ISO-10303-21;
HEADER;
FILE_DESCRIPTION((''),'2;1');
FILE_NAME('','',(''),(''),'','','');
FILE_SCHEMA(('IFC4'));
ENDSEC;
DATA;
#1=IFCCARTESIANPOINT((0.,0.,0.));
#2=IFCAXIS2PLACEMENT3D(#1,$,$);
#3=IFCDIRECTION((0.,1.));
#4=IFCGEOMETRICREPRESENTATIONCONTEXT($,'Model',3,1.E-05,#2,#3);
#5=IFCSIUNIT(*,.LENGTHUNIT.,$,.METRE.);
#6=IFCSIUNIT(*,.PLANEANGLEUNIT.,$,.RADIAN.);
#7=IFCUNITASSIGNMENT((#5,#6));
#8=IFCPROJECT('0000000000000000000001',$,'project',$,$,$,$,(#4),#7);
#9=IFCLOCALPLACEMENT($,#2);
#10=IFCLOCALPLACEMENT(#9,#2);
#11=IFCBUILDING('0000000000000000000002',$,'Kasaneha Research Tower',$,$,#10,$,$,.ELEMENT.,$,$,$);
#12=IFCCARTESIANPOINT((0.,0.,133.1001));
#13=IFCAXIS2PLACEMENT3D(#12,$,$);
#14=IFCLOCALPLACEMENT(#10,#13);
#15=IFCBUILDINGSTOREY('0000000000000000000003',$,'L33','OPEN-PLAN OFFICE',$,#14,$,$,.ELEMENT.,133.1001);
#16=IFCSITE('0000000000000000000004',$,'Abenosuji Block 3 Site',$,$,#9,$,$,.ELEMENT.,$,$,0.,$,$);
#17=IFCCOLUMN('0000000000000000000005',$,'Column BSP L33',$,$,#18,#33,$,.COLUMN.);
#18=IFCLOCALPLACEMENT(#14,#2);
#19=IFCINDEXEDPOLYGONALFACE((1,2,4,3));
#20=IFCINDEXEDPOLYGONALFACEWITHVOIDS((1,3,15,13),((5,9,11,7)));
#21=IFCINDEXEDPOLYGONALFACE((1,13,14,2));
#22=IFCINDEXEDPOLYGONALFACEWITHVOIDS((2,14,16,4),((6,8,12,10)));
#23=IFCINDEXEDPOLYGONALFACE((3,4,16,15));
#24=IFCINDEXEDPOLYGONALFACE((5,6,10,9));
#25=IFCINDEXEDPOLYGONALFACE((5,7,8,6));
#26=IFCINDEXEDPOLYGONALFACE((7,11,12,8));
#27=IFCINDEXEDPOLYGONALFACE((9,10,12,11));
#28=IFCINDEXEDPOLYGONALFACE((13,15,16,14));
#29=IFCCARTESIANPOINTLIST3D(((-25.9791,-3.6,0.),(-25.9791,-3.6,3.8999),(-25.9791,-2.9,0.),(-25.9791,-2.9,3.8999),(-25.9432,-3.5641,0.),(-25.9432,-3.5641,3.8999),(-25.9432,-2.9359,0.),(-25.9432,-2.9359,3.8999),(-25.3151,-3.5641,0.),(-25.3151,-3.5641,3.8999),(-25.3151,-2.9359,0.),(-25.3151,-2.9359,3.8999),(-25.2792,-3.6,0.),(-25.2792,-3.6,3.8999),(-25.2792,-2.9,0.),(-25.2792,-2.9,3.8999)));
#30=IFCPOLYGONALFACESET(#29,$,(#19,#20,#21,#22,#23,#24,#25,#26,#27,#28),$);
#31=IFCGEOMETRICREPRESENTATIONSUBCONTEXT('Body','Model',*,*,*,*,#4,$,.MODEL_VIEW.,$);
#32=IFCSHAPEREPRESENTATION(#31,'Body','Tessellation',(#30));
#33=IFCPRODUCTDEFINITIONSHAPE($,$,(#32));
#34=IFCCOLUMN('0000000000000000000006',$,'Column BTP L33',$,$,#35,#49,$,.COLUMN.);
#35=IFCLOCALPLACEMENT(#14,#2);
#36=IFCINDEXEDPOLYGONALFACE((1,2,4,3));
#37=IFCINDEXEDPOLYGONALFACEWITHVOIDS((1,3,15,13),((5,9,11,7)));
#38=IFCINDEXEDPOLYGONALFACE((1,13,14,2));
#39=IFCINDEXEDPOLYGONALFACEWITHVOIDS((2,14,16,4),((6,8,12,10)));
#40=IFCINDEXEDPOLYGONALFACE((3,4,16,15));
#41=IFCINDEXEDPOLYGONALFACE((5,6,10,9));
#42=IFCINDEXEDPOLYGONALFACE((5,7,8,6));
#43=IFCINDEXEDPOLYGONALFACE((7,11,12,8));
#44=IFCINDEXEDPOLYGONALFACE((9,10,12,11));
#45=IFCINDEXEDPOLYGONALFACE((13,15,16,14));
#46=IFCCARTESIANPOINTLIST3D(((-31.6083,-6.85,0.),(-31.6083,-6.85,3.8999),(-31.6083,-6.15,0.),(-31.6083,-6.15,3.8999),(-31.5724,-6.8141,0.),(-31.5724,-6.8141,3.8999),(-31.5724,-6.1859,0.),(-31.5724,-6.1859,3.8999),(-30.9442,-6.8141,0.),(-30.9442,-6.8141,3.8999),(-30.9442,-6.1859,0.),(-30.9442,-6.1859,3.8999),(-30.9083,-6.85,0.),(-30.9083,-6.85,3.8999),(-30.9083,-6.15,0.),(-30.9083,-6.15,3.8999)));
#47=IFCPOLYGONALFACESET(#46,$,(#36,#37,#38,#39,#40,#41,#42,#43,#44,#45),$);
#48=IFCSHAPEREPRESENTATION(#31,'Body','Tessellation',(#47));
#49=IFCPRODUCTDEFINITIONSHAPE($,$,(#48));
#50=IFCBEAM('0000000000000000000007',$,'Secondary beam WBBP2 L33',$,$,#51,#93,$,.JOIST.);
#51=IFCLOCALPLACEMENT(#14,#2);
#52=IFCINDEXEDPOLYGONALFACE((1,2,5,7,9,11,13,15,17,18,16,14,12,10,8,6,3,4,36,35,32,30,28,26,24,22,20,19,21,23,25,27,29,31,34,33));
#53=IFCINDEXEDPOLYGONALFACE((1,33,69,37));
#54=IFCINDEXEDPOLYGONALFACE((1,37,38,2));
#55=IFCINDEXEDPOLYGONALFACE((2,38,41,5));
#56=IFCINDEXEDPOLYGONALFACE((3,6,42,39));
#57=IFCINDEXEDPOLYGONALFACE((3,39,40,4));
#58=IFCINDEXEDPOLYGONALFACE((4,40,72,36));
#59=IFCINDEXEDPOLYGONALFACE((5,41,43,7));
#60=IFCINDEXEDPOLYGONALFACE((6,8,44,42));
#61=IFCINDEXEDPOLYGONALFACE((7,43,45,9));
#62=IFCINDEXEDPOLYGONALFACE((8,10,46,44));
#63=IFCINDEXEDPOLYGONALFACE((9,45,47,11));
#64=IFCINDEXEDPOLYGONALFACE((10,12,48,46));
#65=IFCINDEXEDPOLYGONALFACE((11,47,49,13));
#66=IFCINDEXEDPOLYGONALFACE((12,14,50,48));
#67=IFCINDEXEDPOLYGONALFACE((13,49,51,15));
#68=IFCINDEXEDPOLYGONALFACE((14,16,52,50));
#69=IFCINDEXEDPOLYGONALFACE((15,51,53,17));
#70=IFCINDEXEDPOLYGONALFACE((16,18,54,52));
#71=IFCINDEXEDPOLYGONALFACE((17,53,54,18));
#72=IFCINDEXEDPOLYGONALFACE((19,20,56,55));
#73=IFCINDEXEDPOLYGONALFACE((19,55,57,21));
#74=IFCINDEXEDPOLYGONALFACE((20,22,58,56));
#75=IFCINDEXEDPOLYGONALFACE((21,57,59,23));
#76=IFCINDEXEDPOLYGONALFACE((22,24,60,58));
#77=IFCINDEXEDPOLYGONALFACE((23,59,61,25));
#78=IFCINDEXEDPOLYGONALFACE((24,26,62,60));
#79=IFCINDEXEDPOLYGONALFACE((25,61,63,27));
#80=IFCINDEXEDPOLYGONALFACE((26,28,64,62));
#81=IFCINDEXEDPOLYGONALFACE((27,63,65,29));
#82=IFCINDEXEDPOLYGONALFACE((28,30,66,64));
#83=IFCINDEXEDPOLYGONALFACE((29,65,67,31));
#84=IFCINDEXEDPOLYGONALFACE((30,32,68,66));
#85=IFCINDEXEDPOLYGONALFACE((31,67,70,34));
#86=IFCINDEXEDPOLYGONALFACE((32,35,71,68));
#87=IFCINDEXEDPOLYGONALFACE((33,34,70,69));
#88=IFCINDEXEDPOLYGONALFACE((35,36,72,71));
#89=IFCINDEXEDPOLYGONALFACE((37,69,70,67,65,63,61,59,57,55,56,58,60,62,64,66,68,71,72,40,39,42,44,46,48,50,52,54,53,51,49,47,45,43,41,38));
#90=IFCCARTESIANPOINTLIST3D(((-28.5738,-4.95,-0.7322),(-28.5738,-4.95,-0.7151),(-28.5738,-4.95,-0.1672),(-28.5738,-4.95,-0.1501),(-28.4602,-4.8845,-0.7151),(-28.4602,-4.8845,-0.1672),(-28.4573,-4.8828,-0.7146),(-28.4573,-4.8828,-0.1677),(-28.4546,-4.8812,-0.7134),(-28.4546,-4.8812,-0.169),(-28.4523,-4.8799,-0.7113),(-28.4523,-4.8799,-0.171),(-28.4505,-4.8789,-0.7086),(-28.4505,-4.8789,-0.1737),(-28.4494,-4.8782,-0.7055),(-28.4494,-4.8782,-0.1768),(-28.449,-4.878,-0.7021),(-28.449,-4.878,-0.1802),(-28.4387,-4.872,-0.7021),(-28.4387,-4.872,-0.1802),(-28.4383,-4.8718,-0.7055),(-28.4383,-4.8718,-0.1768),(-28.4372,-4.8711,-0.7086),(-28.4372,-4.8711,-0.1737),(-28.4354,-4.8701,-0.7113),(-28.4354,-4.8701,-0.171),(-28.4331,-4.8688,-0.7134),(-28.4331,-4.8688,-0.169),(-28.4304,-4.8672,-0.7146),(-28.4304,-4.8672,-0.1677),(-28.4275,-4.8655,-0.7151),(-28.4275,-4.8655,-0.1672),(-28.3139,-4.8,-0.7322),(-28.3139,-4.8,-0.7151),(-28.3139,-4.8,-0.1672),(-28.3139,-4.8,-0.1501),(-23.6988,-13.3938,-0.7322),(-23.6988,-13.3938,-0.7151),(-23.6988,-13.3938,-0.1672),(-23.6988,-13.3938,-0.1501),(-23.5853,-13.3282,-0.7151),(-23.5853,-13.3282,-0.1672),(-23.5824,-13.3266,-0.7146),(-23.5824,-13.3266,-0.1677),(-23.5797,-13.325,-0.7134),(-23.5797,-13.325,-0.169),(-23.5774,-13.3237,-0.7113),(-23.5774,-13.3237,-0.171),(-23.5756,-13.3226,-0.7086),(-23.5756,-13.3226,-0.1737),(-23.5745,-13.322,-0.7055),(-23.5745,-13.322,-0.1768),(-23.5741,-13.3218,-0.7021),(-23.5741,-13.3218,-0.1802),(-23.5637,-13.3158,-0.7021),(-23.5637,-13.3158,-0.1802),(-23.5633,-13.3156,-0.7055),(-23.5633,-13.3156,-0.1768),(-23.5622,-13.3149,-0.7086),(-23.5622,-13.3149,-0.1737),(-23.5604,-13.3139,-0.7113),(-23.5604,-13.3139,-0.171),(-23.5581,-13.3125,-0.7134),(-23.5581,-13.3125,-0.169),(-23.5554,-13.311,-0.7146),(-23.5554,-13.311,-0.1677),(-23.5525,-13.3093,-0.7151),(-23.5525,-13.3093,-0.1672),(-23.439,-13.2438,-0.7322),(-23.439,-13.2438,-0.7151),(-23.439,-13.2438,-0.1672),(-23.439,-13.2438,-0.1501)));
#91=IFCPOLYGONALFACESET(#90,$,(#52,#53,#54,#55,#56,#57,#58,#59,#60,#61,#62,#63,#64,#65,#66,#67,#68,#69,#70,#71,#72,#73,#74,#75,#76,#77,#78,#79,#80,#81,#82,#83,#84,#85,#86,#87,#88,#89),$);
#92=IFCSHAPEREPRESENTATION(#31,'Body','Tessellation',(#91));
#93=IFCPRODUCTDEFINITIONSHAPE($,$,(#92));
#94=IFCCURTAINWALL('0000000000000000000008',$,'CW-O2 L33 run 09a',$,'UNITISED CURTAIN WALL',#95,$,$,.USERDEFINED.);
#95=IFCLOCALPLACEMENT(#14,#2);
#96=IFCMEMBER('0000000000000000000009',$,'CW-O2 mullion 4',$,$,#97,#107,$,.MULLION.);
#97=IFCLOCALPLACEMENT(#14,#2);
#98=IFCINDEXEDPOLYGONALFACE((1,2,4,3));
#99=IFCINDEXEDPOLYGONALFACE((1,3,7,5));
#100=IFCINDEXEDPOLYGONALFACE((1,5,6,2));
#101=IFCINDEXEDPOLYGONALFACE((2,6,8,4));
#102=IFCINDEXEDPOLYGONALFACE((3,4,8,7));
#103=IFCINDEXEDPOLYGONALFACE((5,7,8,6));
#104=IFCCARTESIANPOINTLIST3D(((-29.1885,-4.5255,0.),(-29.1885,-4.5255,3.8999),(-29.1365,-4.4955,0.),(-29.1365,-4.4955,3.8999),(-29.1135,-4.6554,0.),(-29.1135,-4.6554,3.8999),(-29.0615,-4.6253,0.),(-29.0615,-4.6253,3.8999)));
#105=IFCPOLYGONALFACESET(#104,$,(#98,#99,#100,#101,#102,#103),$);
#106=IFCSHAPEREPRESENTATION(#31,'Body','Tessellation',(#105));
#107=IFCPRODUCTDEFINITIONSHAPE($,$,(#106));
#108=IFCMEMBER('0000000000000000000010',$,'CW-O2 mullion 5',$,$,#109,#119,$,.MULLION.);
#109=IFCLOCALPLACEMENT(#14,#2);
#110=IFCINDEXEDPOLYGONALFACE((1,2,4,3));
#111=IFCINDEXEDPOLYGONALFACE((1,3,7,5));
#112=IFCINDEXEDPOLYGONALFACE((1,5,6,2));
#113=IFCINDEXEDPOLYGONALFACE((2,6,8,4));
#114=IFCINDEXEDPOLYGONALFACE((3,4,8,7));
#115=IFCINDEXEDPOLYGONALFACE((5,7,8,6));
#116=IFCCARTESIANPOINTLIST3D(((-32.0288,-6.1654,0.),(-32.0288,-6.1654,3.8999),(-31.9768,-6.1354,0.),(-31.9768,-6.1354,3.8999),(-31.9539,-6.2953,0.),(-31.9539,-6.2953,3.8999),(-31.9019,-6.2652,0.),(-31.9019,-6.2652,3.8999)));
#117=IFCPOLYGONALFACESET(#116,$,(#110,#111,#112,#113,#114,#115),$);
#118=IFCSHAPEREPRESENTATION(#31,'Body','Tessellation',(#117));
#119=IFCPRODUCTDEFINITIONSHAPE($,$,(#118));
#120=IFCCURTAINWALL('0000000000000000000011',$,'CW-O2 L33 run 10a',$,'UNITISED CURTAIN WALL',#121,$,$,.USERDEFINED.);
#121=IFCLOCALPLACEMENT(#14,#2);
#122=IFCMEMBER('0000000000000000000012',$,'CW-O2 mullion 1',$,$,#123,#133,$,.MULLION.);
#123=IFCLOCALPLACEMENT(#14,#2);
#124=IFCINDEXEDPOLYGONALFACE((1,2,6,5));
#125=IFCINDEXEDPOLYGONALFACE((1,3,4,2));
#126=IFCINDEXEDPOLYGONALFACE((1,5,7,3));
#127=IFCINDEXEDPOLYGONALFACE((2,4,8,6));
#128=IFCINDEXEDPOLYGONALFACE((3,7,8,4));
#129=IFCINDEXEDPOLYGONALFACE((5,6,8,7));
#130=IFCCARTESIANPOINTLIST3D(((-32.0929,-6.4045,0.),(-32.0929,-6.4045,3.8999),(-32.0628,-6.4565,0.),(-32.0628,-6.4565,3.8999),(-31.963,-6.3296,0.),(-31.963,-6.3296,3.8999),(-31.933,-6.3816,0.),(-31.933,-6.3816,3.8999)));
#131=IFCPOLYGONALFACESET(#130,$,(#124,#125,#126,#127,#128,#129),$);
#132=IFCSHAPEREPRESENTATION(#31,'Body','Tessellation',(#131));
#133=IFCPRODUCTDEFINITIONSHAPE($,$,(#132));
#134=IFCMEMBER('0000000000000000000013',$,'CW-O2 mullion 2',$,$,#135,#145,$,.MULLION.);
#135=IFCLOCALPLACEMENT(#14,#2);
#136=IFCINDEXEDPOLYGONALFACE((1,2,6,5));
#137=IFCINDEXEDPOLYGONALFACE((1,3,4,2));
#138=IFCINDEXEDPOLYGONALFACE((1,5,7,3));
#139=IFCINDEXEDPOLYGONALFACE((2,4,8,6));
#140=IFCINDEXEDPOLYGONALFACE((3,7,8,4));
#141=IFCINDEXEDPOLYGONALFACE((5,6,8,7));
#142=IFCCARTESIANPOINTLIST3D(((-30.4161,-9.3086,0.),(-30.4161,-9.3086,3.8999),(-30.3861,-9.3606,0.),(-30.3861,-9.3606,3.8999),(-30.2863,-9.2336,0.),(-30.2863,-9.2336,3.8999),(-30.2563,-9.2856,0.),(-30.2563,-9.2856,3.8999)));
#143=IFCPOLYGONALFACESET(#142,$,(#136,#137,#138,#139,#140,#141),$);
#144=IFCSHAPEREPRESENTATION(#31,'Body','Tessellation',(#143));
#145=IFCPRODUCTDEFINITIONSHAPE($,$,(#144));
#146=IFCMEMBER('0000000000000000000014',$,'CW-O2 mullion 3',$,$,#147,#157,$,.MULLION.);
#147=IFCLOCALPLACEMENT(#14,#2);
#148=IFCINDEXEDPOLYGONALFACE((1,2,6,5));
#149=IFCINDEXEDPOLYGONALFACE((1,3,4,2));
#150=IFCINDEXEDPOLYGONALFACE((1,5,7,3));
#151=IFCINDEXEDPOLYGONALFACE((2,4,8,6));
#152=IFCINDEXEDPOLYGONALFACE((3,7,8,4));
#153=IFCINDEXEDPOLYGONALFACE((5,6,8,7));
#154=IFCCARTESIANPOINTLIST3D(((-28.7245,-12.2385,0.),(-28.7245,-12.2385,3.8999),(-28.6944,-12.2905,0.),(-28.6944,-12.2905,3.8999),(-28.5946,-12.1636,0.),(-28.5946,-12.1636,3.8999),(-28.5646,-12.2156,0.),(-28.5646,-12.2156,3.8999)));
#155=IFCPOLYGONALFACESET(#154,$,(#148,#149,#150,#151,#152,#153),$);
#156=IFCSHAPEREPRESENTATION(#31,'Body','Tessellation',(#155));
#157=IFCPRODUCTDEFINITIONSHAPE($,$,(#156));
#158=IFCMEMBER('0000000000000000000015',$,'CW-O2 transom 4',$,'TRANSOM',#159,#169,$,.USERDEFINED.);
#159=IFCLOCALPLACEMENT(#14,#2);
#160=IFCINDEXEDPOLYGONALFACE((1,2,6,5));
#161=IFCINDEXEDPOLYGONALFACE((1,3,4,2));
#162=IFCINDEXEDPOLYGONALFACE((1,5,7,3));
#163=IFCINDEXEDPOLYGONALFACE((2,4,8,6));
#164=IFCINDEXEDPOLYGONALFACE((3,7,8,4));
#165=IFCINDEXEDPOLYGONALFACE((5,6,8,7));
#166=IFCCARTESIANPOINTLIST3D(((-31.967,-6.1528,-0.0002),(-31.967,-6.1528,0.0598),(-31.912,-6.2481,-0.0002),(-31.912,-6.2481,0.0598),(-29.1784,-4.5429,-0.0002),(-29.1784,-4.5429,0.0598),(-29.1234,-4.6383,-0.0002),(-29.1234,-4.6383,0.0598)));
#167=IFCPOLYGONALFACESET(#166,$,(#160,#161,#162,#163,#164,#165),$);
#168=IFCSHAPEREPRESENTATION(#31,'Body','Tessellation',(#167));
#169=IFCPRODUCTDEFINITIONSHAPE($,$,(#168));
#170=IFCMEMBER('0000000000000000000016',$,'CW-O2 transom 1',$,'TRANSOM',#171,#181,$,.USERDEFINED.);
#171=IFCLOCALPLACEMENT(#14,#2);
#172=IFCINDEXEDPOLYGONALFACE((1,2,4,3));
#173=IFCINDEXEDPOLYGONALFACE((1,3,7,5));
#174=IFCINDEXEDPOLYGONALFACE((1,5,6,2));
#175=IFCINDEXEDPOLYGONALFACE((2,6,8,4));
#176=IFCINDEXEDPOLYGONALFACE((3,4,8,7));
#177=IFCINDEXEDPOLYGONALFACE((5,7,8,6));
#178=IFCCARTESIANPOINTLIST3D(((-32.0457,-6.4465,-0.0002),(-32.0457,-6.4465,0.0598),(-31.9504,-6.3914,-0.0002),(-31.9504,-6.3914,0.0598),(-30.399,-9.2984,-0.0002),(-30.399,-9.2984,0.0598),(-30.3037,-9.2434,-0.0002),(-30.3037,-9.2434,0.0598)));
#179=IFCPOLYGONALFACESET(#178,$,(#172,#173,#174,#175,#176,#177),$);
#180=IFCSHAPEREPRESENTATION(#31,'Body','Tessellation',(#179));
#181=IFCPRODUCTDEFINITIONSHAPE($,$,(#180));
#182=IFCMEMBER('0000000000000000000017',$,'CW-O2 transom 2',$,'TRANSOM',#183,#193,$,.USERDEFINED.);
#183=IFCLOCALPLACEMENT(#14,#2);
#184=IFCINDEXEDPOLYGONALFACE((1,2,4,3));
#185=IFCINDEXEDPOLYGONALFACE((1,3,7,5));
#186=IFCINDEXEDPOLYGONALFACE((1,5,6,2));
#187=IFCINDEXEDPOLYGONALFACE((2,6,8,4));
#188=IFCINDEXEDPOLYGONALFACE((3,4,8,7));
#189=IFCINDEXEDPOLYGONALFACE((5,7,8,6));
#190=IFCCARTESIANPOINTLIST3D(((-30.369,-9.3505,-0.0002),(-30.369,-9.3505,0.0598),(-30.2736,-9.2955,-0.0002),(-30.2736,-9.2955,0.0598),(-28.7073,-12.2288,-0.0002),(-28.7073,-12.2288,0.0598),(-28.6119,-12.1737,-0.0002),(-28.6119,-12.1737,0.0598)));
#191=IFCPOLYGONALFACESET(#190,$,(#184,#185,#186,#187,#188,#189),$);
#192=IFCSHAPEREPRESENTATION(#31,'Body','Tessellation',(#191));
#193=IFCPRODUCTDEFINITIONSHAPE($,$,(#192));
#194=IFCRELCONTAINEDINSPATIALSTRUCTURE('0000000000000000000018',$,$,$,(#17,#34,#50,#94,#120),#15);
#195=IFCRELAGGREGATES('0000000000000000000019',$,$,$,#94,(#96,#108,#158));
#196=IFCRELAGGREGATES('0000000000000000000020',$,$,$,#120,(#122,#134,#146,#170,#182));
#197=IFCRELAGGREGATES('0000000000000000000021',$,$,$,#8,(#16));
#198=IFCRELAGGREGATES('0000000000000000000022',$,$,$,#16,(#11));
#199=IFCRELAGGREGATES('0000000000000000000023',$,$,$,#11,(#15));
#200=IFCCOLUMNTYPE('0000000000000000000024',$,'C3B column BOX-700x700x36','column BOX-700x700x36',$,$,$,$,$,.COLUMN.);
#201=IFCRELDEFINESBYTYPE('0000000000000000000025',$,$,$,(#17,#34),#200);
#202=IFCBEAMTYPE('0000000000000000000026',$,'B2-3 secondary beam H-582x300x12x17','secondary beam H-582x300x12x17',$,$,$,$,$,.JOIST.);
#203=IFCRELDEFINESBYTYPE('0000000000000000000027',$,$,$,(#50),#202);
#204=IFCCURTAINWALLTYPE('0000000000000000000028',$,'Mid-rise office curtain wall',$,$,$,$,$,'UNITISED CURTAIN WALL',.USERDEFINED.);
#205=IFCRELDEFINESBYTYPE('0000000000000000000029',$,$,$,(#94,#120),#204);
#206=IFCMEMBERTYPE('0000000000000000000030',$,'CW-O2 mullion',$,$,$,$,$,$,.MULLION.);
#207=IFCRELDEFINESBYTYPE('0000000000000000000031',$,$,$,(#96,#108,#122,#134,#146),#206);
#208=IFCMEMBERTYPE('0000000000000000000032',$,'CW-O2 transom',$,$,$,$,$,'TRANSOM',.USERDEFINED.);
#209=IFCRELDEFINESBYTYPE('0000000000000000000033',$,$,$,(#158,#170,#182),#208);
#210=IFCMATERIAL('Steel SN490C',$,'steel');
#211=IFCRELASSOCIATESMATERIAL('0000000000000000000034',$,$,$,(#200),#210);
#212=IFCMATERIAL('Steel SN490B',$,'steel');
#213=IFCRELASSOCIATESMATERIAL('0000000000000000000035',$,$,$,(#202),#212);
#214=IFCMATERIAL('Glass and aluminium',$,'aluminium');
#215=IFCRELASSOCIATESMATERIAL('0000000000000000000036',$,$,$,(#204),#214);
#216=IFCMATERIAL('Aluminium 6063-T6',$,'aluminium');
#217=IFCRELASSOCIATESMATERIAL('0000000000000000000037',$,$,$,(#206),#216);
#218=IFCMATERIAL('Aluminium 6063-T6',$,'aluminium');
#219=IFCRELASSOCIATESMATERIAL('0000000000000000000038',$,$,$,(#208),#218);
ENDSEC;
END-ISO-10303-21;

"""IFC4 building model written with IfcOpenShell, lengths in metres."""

from ifc_helpers import new_model, si_unit, direction, frame, origin, origin_2d, place, context, subcontext, project, spatial, rectangle, hollow_rectangle, i_section, extrude, material, material_profile, profile_set, type_object, element, aggregate, save


model = new_model("IFC4")

# Units and contexts
model_context = context("Model", 3, precision=1e-05, world=origin(), true_north=direction((0.0, 1.0)))
body_context = subcontext(model_context, "Body", "Model", "MODEL_VIEW")
ifc_project = project(units=[si_unit("LENGTHUNIT", "METRE"), si_unit("PLANEANGLEUNIT", "RADIAN")], contexts=[model_context])

# Site, building, storey
site_placement = place(None, origin())
site = spatial("IfcSite", under=ifc_project, at=site_placement, Name="Abenosuji Block 3 Site", CompositionType="ELEMENT", RefElevation=0.0)
building_placement = place(site_placement, origin())
building = spatial("IfcBuilding", under=site, at=building_placement, Name="Kasaneha Research Tower", CompositionType="ELEMENT")
storey_placement = place(building_placement, frame((0.0, 0.0, 133.1001)))
storey = spatial("IfcBuildingStorey", under=building, at=storey_placement, Name="L33", Description="OPEN-PLAN OFFICE", CompositionType="ELEMENT", Elevation=133.1001)

# Columns
ifc_material_1 = material(Name="Steel SN490C", Category="steel")
ifc_material_profile_1 = material_profile(ifc_material_1, hollow_rectangle(XDim=0.7, YDim=0.7, WallThickness=0.0359, at=origin_2d()), Name="BOX-700x700x36")
ifc_profile_set_1 = profile_set([ifc_material_profile_1], Name="Steel SN490C")
column_type = type_object("IfcColumnType", Name="C3B column BOX-700x700x36", Description="column BOX-700x700x36", PredefinedType="COLUMN", material=ifc_profile_set_1)
for number, where, z_axis, x_axis, name in (
    (1, (-25.6292, -3.25, 0.0), (0.0, 0.0, 1.0), (1.0, 0.0, 0.0), "Column BSP L33"),
    (2, (-31.2583, -6.5, 0.0), (0.0, 0.0, 1.0), (1.0, 0.0, 0.0), "Column BTP L33"),
):
    element("IfcColumn", number, at=place(storey_placement, frame(where, z_axis=z_axis, x_axis=x_axis)), inside=storey, type_object=column_type, Name=name, PredefinedType="COLUMN", context=body_context, shape_type="SweptSolid", body=[
        extrude(hollow_rectangle(XDim=0.7, YDim=0.7, WallThickness=0.0359, at=origin_2d()), origin(), (0.0, 0.0, 1.0), 3.8999),
    ])

# Beam
ifc_material_2 = material(Name="Steel SN490B", Category="steel")
ifc_material_profile_2 = material_profile(ifc_material_2, i_section(OverallWidth=0.3, OverallDepth=0.582, WebThickness=0.012, FlangeThickness=0.0171, FilletRadius=0.0129, at=origin_2d()), Name="H-582x300x12x17")
ifc_profile_set_2 = profile_set([ifc_material_profile_2], Name="Steel SN490B")
beam_type_1 = type_object("IfcBeamType", Name="B2-3 secondary beam H-582x300x12x17", Description="secondary beam H-582x300x12x17", PredefinedType="JOIST", material=ifc_profile_set_2)
beam_1_placement = place(storey_placement, frame((-28.4438, -4.875, -0.4412), z_axis=(0.499996, -0.866028, 0.0), x_axis=(0.866028, 0.499996, 0.0)))
element("IfcBeam", 3, at=beam_1_placement, inside=storey, type_object=beam_type_1, Name="Secondary beam WBBP2 L33", PredefinedType="JOIST", context=body_context, shape_type="SweptSolid", body=[
    extrude(i_section(OverallWidth=0.3, OverallDepth=0.582, WebThickness=0.012, FlangeThickness=0.0171, FilletRadius=0.0129, at=origin_2d()), origin(), (0.0, 0.0, 1.0), 9.75),
])

# Curtain walls, members
ifc_material_3 = material(Name="Glass and aluminium", Category="aluminium")
curtain_wall_type = type_object("IfcCurtainWallType", Name="Mid-rise office curtain wall", ElementType="UNITISED CURTAIN WALL", PredefinedType="USERDEFINED", material=ifc_material_3)
curtain_wall_1_placement = place(storey_placement, origin())
curtain_wall_1 = element("IfcCurtainWall", 4, at=curtain_wall_1_placement, inside=storey, type_object=curtain_wall_type, Name="CW-O2 L33 run 09a", ObjectType="UNITISED CURTAIN WALL", PredefinedType="USERDEFINED")
ifc_material_4 = material(Name="Aluminium 6063-T6", Category="aluminium")
ifc_material_profile_3 = material_profile(ifc_material_4, rectangle(XDim=0.0601, YDim=0.1499, at=origin_2d()), Name="CW-O2 mullion 60x150")
ifc_profile_set_3 = profile_set([ifc_material_profile_3], Name="Aluminium 6063-T6")
member_type_1 = type_object("IfcMemberType", Name="CW-O2 mullion", PredefinedType="MULLION", material=ifc_profile_set_3)
member_1_placement = place(storey_placement, frame((-29.125, -4.5754, 0.0), z_axis=(0.0, 0.0, 1.0), x_axis=(-0.866025, -0.5, 0.0)))
member_1 = element("IfcMember", 5, at=member_1_placement, type_object=member_type_1, Name="CW-O2 mullion 4", PredefinedType="MULLION", context=body_context, shape_type="SweptSolid", body=[
    extrude(rectangle(XDim=0.0601, YDim=0.1499, at=origin_2d()), origin(), (0.0, 0.0, 1.0), 3.8999),
])
member_2_placement = place(storey_placement, frame((-31.9653, -6.2153, 0.0), z_axis=(0.0, 0.0, 1.0), x_axis=(-0.866025, -0.5, 0.0)))
member_2 = element("IfcMember", 6, at=member_2_placement, type_object=member_type_1, Name="CW-O2 mullion 5", PredefinedType="MULLION", context=body_context, shape_type="SweptSolid", body=[
    extrude(rectangle(XDim=0.0601, YDim=0.1499, at=origin_2d()), origin(), (0.0, 0.0, 1.0), 3.8999),
])
curtain_wall_2_placement = place(storey_placement, origin())
curtain_wall_2 = element("IfcCurtainWall", 7, at=curtain_wall_2_placement, inside=storey, type_object=curtain_wall_type, Name="CW-O2 L33 run 10a", ObjectType="UNITISED CURTAIN WALL", PredefinedType="USERDEFINED")
member_3_placement = place(storey_placement, frame((-32.0129, -6.3931, 0.0), z_axis=(0.0, 0.0, 1.0), x_axis=(0.5, -0.866025, 0.0)))
member_3 = element("IfcMember", 8, at=member_3_placement, type_object=member_type_1, Name="CW-O2 mullion 1", PredefinedType="MULLION", context=body_context, shape_type="SweptSolid", body=[
    extrude(rectangle(XDim=0.0601, YDim=0.1499, at=origin_2d()), origin(), (0.0, 0.0, 1.0), 3.8999),
])
member_4_placement = place(storey_placement, frame((-30.3362, -9.2971, 0.0), z_axis=(0.0, 0.0, 1.0), x_axis=(0.5, -0.866025, 0.0)))
member_4 = element("IfcMember", 9, at=member_4_placement, type_object=member_type_1, Name="CW-O2 mullion 2", PredefinedType="MULLION", context=body_context, shape_type="SweptSolid", body=[
    extrude(rectangle(XDim=0.0601, YDim=0.1499, at=origin_2d()), origin(), (0.0, 0.0, 1.0), 3.8999),
])
member_5_placement = place(storey_placement, frame((-28.6445, -12.2271, 0.0), z_axis=(0.0, 0.0, 1.0), x_axis=(0.5, -0.866025, 0.0)))
member_5 = element("IfcMember", 10, at=member_5_placement, type_object=member_type_1, Name="CW-O2 mullion 3", PredefinedType="MULLION", context=body_context, shape_type="SweptSolid", body=[
    extrude(rectangle(XDim=0.0601, YDim=0.1499, at=origin_2d()), origin(), (0.0, 0.0, 1.0), 3.8999),
])

# Members
ifc_material_5 = material(Name="Aluminium 6063-T6", Category="aluminium")
ifc_material_profile_4 = material_profile(ifc_material_5, rectangle(XDim=0.1101, YDim=0.0601, at=origin_2d()), Name="CW-O2 transom 110x60")
ifc_profile_set_4 = profile_set([ifc_material_profile_4], Name="Aluminium 6063-T6")
member_type_2 = type_object("IfcMemberType", Name="CW-O2 transom", ElementType="TRANSOM", PredefinedType="USERDEFINED", material=ifc_profile_set_4)
member_6_placement = place(storey_placement, frame((-29.1509, -4.5906, 0.0298), z_axis=(-0.866042, -0.499972, 0.0), x_axis=(0.499972, -0.866042, 0.0)))
member_6 = element("IfcMember", 11, at=member_6_placement, type_object=member_type_2, Name="CW-O2 transom 4", ObjectType="TRANSOM", PredefinedType="USERDEFINED", context=body_context, shape_type="SweptSolid", body=[
    extrude(rectangle(XDim=0.1101, YDim=0.0601, at=origin_2d()), origin(), (0.0, 0.0, 1.0), 3.22),
])
member_7_placement = place(storey_placement, frame((-31.998, -6.4189, 0.0298), z_axis=(0.500022, -0.866013, 0.0), x_axis=(0.866013, 0.500022, 0.0)))
member_7 = element("IfcMember", 12, at=member_7_placement, type_object=member_type_2, Name="CW-O2 transom 1", ObjectType="TRANSOM", PredefinedType="USERDEFINED", context=body_context, shape_type="SweptSolid", body=[
    extrude(rectangle(XDim=0.1101, YDim=0.0601, at=origin_2d()), origin(), (0.0, 0.0, 1.0), 3.2932),
])
member_8_placement = place(storey_placement, frame((-30.3213, -9.323, 0.0298), z_axis=(0.499979, -0.866038, 0.0), x_axis=(0.866038, 0.499979, 0.0)))
member_8 = element("IfcMember", 13, at=member_8_placement, type_object=member_type_2, Name="CW-O2 transom 2", ObjectType="TRANSOM", PredefinedType="USERDEFINED", context=body_context, shape_type="SweptSolid", body=[
    extrude(rectangle(XDim=0.1101, YDim=0.0601, at=origin_2d()), origin(), (0.0, 0.0, 1.0), 3.3235),
])

aggregate(curtain_wall_1, [member_1, member_2, member_6])
aggregate(curtain_wall_2, [member_3, member_4, member_5, member_7, member_8])

save(model, "model.ifc")
